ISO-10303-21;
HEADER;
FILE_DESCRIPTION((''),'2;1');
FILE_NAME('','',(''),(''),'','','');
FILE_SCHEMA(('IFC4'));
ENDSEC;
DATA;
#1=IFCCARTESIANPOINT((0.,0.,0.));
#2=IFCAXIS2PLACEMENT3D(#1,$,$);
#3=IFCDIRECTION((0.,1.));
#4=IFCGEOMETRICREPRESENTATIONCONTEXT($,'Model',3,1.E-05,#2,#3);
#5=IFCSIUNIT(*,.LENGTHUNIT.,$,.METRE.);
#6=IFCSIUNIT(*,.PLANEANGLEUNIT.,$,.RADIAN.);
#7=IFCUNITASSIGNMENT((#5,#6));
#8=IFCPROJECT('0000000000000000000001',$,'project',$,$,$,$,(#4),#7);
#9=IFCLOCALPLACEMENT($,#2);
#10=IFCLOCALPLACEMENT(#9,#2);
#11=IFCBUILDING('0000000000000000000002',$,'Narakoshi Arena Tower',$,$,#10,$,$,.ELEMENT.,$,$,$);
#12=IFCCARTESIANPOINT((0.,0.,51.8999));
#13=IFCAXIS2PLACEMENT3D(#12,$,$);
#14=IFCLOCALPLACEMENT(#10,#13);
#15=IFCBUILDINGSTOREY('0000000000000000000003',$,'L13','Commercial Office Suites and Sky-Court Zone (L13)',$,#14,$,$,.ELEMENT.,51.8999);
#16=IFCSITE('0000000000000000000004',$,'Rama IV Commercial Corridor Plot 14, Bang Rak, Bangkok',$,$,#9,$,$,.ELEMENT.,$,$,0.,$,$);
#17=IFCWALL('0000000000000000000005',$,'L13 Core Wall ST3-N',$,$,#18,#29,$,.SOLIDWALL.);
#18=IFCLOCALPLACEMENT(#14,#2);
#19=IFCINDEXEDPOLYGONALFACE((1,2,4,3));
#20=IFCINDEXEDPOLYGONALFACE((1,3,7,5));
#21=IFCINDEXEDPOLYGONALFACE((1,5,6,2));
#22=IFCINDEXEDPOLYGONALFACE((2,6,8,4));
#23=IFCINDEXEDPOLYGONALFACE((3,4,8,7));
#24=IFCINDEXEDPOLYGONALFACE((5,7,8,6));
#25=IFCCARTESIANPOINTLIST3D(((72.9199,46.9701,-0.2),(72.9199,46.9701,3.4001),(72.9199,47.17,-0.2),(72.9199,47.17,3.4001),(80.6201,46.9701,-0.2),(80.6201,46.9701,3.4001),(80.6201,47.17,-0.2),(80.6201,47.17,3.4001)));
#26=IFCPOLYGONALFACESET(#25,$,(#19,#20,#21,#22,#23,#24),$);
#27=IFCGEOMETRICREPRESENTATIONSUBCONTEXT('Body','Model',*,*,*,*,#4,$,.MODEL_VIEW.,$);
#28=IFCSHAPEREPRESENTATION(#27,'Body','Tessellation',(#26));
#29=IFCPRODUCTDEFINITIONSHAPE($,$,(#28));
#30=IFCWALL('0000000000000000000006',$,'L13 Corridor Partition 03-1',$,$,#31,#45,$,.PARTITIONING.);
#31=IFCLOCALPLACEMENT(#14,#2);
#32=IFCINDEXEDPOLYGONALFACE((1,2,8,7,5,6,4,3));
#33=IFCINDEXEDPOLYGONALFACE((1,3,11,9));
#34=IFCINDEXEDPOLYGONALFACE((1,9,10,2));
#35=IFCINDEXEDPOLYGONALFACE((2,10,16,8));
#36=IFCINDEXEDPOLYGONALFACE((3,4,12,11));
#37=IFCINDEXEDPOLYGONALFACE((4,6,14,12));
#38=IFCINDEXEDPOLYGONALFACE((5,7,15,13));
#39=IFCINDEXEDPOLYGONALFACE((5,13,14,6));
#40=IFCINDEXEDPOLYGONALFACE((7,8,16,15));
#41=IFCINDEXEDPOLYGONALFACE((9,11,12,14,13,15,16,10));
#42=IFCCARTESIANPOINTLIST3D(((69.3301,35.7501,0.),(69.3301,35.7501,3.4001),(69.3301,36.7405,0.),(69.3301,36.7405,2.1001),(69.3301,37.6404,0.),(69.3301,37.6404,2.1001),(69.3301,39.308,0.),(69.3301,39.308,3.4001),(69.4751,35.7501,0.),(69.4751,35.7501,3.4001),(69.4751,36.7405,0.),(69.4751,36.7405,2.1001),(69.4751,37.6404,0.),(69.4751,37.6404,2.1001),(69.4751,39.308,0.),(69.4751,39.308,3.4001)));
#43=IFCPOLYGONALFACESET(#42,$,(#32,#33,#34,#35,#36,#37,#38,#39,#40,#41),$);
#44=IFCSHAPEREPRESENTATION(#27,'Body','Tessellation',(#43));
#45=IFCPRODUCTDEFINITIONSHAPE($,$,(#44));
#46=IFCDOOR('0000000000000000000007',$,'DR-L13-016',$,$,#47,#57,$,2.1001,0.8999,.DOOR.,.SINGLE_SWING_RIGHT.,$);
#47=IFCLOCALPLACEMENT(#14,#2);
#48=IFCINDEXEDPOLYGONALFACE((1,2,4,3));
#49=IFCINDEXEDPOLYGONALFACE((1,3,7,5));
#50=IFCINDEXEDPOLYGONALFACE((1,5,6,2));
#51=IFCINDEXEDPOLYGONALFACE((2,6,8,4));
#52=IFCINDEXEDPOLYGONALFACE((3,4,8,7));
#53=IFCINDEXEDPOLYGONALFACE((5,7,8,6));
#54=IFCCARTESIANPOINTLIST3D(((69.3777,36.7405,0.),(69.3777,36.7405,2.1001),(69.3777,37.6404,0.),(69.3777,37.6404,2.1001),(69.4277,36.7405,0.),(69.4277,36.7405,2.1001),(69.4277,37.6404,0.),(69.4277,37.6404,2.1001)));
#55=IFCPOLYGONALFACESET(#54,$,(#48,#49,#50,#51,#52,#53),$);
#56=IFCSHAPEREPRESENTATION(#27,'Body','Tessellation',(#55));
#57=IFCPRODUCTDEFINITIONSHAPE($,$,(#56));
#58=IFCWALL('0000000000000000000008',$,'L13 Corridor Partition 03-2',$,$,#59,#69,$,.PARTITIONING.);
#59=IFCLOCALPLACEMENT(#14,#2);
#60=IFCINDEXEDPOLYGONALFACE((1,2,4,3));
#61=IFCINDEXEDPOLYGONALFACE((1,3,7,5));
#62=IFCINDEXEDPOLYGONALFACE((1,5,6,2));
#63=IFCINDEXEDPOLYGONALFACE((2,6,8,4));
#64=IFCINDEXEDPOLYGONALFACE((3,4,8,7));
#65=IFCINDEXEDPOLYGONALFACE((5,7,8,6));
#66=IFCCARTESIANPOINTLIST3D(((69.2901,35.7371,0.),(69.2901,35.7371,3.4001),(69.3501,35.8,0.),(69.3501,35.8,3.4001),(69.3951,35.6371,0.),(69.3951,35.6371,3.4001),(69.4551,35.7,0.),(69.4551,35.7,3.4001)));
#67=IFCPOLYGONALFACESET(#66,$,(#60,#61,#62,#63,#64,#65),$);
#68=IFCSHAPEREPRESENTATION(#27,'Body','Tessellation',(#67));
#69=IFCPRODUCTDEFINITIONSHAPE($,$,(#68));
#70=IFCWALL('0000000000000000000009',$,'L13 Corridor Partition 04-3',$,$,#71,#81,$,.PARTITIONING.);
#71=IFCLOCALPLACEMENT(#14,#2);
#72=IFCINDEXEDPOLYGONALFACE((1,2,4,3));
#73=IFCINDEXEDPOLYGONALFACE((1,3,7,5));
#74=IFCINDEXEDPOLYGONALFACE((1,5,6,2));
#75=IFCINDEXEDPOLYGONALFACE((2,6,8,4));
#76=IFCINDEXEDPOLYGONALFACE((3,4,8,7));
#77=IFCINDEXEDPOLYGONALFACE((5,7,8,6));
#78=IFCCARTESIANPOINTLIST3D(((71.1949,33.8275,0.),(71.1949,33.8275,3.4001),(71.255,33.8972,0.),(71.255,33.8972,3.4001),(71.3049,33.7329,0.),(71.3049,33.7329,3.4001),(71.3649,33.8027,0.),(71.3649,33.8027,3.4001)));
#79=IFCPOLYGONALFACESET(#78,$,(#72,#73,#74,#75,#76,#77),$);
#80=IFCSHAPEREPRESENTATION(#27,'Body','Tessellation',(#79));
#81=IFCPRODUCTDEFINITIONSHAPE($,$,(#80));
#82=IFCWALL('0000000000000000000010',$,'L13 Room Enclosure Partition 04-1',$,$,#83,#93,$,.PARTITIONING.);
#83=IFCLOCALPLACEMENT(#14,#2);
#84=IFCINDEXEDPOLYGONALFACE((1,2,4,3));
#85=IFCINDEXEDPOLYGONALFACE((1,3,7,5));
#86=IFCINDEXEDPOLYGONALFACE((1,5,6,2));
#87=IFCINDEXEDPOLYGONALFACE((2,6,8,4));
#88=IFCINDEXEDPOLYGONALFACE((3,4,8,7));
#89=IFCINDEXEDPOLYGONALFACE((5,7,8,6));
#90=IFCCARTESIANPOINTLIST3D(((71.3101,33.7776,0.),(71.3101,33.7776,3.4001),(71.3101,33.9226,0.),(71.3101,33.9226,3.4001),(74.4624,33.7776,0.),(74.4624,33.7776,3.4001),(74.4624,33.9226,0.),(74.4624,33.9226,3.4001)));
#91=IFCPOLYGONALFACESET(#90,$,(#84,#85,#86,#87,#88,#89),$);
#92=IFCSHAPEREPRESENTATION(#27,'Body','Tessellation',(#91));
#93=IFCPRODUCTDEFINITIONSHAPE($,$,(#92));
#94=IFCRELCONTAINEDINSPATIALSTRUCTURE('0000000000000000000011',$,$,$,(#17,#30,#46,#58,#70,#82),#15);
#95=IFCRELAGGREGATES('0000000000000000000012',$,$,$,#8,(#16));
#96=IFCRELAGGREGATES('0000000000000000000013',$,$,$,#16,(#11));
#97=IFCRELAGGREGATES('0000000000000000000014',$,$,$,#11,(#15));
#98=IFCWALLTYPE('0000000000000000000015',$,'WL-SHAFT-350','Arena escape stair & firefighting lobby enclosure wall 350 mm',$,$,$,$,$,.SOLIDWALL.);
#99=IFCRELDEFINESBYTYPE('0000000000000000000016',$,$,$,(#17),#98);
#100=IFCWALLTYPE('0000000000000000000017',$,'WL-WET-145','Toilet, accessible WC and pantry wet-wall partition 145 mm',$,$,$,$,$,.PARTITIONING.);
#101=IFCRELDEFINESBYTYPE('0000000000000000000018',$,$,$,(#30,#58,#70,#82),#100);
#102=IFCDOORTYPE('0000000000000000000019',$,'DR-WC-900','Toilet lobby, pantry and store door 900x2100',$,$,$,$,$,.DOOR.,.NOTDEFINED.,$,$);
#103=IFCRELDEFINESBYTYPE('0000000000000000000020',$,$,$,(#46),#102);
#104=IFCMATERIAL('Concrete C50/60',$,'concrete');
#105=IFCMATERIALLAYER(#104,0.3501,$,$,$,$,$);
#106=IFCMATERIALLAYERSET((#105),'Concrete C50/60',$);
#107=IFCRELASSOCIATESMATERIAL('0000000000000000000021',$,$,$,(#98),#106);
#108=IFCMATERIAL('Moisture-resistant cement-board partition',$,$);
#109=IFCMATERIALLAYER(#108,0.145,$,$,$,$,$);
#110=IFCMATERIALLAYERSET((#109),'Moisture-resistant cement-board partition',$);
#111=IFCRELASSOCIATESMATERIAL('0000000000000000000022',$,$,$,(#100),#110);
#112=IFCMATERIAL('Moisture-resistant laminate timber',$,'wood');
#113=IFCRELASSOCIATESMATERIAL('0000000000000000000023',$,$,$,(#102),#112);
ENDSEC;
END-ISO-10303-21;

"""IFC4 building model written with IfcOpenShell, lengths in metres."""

from ifc_helpers import new_model, si_unit, direction, frame, frame_2d, origin, place, context, subcontext, project, spatial, rectangle, extrude, material, layer, layer_set, type_object, element, fill, save


model = new_model("IFC4")

# Units and contexts
model_context = context("Model", 3, precision=1e-05, world=origin(), true_north=direction((0.0, 1.0)))
body_context = subcontext(model_context, "Body", "Model", "MODEL_VIEW")
ifc_project = project(units=[si_unit("LENGTHUNIT", "METRE"), si_unit("PLANEANGLEUNIT", "RADIAN")], contexts=[model_context])

# Site, building, storey
site_placement = place(None, origin())
site = spatial("IfcSite", under=ifc_project, at=site_placement, Name="Rama IV Commercial Corridor Plot 14, Bang Rak, Bangkok", CompositionType="ELEMENT", RefElevation=0.0)
building_placement = place(site_placement, origin())
building = spatial("IfcBuilding", under=site, at=building_placement, Name="Narakoshi Arena Tower", CompositionType="ELEMENT")
storey_placement = place(building_placement, frame((0.0, 0.0, 51.8999)))
storey = spatial("IfcBuildingStorey", under=building, at=storey_placement, Name="L13", Description="Commercial Office Suites and Sky-Court Zone (L13)", CompositionType="ELEMENT", Elevation=51.8999)

# Wall
ifc_material_1 = material(Name="Concrete C50/60", Category="concrete")
ifc_layer_1 = layer(ifc_material_1, 0.3501)
ifc_layer_set_1 = layer_set([ifc_layer_1], Name="Concrete C50/60")
wall_type_1 = type_object("IfcWallType", Name="WL-SHAFT-350", Description="Arena escape stair & firefighting lobby enclosure wall 350 mm", PredefinedType="SOLIDWALL", material=ifc_layer_set_1)
for number, where, z_axis, x_axis, name in (
    (1, (72.9199, 47.0701, -0.2), (0.0, 0.0, 1.0), (1.0, 0.0, 0.0), "L13 Core Wall ST3-N"),
):
    element("IfcWall", number, at=place(storey_placement, frame(where, z_axis=z_axis, x_axis=x_axis)), inside=storey, type_object=wall_type_1, Name=name, PredefinedType="SOLIDWALL", context=body_context, shape_type="SweptSolid", body=[
        extrude(rectangle(XDim=7.7002, YDim=0.2, at=frame_2d((3.8501, 0.0))), origin(), (0.0, 0.0, 1.0), 3.6001),
    ])

# Wall, opening, door
ifc_material_2 = material(Name="Moisture-resistant cement-board partition")
ifc_layer_2 = layer(ifc_material_2, 0.145)
ifc_layer_set_2 = layer_set([ifc_layer_2], Name="Moisture-resistant cement-board partition")
wall_type_2 = type_object("IfcWallType", Name="WL-WET-145", Description="Toilet, accessible WC and pantry wet-wall partition 145 mm", PredefinedType="PARTITIONING", material=ifc_layer_set_2)
wall_1_placement = place(storey_placement, frame((69.4026, 39.3079, 0.0), z_axis=(0.0, 0.0, 1.0), x_axis=(0.0, -1.0, 0.0)))
wall_1 = element("IfcWall", 2, at=wall_1_placement, inside=storey, type_object=wall_type_2, Name="L13 Corridor Partition 03-1", PredefinedType="PARTITIONING", context=body_context, shape_type="SweptSolid", body=[
    extrude(rectangle(XDim=3.5579, YDim=0.145, at=frame_2d((1.7788, 0.0))), origin(), (0.0, 0.0, 1.0), 3.4001),
])
opening_1_placement = place(wall_1_placement, frame((1.6675, 0.0, 0.0)))
opening_1 = element("IfcOpeningElement", 3, at=opening_1_placement, cuts=wall_1, PredefinedType="OPENING", context=body_context, shape_type="SweptSolid", body=[
    extrude(rectangle(XDim=0.8999, YDim=2.1001, at=frame_2d((0.45, 1.05))), frame((0.0, 0.0825, 0.0), z_axis=(0.0, -1.0, 0.0), x_axis=(1.0, 0.0, 0.0)), (0.0, 0.0, 1.0), 0.165),
])
ifc_material_3 = material(Name="Moisture-resistant laminate timber", Category="wood")
door_type_1 = type_object("IfcDoorType", Name="DR-WC-900", Description="Toilet lobby, pantry and store door 900x2100", OperationType="NOTDEFINED", PredefinedType="DOOR", material=ifc_material_3)
door_1_placement = place(opening_1_placement, frame((0.8999, 0.0, 0.0), z_axis=(0.0, 0.0, 1.0), x_axis=(-1.0, 0.0, 0.0)))
door_1 = element("IfcDoor", 4, at=door_1_placement, inside=storey, type_object=door_type_1, Name="DR-L13-016", OperationType="SINGLE_SWING_RIGHT", OverallHeight=2.1001, OverallWidth=0.8999, PredefinedType="DOOR", context=body_context, shape_type="SweptSolid", body=[
    extrude(rectangle(XDim=0.8999, YDim=2.1001, at=frame_2d((0.45, 1.05))), frame((0.0, 0.0249, 0.0), z_axis=(0.0, -1.0, 0.0), x_axis=(1.0, 0.0, 0.0)), (0.0, 0.0, 1.0), 0.05),
])
fill(opening_1, door_1)

# Wall
wall_2_placement = place(storey_placement, frame((69.4026, 35.75, 0.0), z_axis=(0.0, 0.0, 1.0), x_axis=(-0.690075, -0.723738, 0.0)))
element("IfcWall", 5, at=wall_2_placement, inside=storey, type_object=wall_type_2, Name="L13 Corridor Partition 03-2", PredefinedType="PARTITIONING", context=body_context, shape_type="SweptSolid", body=[
    extrude(rectangle(XDim=0.0869, YDim=0.145, at=frame_2d((0.0435, 0.0))), origin(), (0.0, 0.0, 1.0), 3.4001),
])

# Walls
wall_3_placement = place(storey_placement, frame((71.25, 33.7803, 0.0), z_axis=(0.0, 0.0, 1.0), x_axis=(0.6521, 0.758133, 0.0)))
element("IfcWall", 6, at=wall_3_placement, inside=storey, type_object=wall_type_2, Name="L13 Corridor Partition 04-3", PredefinedType="PARTITIONING", context=body_context, shape_type="SweptSolid", body=[
    extrude(rectangle(XDim=0.092, YDim=0.145, at=frame_2d((0.0459, 0.0))), origin(), (0.0, 0.0, 1.0), 3.4001),
])
wall_4_placement = place(storey_placement, frame((71.3101, 33.8501, 0.0), z_axis=(0.0, 0.0, 1.0), x_axis=(1.0, 0.0, 0.0)))
element("IfcWall", 7, at=wall_4_placement, inside=storey, type_object=wall_type_2, Name="L13 Room Enclosure Partition 04-1", PredefinedType="PARTITIONING", context=body_context, shape_type="SweptSolid", body=[
    extrude(rectangle(XDim=3.1523, YDim=0.145, at=frame_2d((1.5762, 0.0))), origin(), (0.0, 0.0, 1.0), 3.4001),
])

save(model, "model.ifc")
